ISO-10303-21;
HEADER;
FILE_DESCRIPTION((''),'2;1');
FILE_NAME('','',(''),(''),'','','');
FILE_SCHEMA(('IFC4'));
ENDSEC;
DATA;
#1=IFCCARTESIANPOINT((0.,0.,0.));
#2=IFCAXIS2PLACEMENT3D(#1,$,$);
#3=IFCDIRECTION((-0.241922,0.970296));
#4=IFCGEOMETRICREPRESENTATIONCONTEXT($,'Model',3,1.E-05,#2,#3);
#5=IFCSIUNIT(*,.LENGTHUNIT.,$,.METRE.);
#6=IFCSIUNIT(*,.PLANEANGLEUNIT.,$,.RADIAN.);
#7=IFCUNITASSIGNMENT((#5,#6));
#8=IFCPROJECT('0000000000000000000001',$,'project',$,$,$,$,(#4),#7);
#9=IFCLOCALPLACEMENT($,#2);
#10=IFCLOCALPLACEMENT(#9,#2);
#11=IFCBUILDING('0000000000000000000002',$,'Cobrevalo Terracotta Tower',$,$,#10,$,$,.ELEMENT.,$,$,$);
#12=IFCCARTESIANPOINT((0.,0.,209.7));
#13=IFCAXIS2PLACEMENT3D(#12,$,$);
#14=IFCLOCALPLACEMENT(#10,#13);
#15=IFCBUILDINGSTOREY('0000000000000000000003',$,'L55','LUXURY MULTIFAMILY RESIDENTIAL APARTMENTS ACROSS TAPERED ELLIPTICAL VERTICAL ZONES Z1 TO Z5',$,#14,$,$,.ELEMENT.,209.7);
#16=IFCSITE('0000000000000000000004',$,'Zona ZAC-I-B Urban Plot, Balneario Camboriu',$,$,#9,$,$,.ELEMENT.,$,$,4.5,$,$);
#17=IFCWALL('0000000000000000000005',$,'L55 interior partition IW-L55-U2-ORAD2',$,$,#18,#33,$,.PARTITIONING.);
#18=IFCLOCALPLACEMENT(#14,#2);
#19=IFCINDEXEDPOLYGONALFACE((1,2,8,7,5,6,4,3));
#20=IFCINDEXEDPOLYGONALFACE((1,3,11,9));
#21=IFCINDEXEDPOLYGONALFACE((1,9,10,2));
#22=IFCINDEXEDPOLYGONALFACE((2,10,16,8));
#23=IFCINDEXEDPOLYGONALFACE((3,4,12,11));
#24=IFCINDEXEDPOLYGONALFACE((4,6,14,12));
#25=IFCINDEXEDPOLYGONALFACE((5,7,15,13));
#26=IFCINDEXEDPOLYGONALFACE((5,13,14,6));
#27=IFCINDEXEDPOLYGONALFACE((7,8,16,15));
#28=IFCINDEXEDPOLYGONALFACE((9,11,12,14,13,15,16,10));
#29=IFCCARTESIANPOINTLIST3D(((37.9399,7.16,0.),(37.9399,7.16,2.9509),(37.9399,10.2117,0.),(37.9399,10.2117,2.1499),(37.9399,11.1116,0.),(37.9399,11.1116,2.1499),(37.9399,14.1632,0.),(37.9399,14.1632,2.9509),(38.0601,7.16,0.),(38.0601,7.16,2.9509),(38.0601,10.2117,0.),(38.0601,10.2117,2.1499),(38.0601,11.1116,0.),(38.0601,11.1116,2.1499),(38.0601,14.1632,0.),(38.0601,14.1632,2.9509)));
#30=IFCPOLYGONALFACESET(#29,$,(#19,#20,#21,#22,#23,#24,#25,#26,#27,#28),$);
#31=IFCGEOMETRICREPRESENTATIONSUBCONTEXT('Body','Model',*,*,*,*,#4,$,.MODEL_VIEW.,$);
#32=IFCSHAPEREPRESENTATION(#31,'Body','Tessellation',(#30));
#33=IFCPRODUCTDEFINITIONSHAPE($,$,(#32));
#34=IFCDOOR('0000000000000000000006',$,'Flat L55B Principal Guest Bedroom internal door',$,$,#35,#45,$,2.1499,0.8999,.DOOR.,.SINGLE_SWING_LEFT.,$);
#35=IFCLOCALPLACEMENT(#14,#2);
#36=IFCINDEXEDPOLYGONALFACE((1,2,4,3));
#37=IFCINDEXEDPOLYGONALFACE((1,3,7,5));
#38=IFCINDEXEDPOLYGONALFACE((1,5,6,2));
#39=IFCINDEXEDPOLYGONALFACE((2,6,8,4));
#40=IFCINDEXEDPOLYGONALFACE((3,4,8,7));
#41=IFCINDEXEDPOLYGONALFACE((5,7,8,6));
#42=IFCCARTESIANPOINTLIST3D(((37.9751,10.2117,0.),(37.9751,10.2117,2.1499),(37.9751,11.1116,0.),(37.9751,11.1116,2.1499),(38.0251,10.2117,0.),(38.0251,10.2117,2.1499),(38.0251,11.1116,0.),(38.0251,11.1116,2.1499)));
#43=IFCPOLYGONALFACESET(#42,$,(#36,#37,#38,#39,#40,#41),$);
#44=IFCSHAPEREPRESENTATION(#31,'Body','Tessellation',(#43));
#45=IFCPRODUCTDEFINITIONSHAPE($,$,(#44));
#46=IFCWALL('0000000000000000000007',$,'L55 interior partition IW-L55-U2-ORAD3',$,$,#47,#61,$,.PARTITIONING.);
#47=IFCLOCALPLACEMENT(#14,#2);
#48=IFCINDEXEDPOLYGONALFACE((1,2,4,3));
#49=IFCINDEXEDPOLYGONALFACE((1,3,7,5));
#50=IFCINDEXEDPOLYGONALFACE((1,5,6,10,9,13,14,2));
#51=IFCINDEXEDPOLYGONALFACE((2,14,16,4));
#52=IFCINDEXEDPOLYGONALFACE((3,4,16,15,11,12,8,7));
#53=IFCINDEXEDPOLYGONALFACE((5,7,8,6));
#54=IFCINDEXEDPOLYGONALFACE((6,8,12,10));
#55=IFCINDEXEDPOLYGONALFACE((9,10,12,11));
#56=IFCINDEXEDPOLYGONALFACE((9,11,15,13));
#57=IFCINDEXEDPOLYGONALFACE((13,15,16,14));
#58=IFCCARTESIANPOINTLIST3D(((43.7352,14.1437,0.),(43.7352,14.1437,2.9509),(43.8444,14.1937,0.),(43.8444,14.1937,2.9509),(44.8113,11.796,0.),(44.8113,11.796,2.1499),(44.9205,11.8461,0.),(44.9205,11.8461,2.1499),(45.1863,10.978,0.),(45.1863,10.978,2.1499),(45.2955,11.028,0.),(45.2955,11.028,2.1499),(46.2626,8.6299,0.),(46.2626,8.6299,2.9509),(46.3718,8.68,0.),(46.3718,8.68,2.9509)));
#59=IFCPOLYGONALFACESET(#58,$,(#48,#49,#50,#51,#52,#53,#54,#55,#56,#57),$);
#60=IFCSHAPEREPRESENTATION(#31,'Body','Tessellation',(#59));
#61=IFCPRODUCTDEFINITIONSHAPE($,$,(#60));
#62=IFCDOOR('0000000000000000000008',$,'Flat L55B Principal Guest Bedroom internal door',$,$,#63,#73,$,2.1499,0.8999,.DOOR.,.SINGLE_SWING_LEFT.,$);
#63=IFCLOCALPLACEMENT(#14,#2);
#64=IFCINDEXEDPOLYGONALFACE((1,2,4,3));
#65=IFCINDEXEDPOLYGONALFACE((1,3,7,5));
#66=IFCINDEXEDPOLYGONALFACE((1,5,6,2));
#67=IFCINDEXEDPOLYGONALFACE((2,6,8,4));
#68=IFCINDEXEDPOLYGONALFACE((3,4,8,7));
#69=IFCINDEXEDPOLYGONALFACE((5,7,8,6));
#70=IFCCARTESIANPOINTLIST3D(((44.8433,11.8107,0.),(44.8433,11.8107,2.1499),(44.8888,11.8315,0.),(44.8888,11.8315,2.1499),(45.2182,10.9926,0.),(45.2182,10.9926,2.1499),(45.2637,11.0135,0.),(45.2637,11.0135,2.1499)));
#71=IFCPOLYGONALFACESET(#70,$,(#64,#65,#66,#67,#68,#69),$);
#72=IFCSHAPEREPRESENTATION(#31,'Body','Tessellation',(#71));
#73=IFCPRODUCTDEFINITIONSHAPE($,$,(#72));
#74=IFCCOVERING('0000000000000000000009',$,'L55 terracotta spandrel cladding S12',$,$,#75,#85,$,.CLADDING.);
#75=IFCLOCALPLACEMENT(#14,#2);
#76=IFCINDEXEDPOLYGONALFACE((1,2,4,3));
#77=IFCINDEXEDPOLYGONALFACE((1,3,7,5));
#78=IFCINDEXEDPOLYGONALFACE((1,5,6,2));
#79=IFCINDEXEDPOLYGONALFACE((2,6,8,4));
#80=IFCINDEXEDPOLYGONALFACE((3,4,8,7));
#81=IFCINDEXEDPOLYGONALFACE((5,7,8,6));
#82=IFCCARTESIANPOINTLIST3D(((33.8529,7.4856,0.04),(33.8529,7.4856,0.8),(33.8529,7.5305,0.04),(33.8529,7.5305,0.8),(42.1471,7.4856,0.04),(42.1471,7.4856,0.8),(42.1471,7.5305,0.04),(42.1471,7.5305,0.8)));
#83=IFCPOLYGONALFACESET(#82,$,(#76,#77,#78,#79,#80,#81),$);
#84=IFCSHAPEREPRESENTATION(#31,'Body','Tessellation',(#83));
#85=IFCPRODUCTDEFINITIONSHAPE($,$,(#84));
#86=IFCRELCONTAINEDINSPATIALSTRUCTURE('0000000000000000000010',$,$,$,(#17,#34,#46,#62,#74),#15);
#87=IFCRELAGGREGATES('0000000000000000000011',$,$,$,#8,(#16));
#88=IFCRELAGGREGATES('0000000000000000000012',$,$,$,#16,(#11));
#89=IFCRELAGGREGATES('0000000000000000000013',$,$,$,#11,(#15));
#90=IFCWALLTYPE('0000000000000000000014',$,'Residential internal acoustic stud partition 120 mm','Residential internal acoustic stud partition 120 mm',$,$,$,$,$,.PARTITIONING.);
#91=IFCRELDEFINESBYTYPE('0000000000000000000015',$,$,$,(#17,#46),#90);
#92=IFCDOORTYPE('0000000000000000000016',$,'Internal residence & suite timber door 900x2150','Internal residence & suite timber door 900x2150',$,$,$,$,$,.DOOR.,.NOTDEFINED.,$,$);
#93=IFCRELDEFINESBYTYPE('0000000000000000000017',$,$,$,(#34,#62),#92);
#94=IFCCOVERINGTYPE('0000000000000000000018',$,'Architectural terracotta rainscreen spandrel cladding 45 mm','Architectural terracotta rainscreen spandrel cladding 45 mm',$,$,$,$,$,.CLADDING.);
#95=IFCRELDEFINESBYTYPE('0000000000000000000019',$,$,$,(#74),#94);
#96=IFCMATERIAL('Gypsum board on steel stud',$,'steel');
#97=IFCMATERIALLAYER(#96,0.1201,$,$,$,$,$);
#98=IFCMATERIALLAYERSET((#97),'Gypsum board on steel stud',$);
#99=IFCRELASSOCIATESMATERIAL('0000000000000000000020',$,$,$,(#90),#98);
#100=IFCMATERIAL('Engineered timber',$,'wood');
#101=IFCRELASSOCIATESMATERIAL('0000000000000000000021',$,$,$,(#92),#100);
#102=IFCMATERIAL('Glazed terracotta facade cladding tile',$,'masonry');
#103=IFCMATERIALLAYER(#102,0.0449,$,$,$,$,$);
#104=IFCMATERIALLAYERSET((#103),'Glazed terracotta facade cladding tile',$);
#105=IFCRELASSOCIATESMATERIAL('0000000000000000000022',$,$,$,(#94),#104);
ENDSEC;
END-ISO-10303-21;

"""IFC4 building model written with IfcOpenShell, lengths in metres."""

from ifc_helpers import new_model, si_unit, direction, frame, frame_2d, origin, origin_2d, place, context, subcontext, project, spatial, rectangle, extrude, source, transform, mapped, material, layer, layer_set, type_object, element, fill, save


model = new_model("IFC4")

# Units and contexts
model_context = context("Model", 3, precision=1e-05, world=origin(), true_north=direction((-0.241922, 0.970296)))
body_context = subcontext(model_context, "Body", "Model", "MODEL_VIEW")
ifc_project = project(units=[si_unit("LENGTHUNIT", "METRE"), si_unit("PLANEANGLEUNIT", "RADIAN")], contexts=[model_context])

# Site, building, storey
site_placement = place(None, origin())
site = spatial("IfcSite", under=ifc_project, at=site_placement, Name="Zona ZAC-I-B Urban Plot, Balneario Camboriu", CompositionType="ELEMENT", RefElevation=4.5)
building_placement = place(site_placement, origin())
building = spatial("IfcBuilding", under=site, at=building_placement, Name="Cobrevalo Terracotta Tower", CompositionType="ELEMENT")
storey_placement = place(building_placement, frame((0.0, 0.0, 209.7)))
storey = spatial("IfcBuildingStorey", under=building, at=storey_placement, Name="L55", Description="LUXURY MULTIFAMILY RESIDENTIAL APARTMENTS ACROSS TAPERED ELLIPTICAL VERTICAL ZONES Z1 TO Z5", CompositionType="ELEMENT", Elevation=209.7)

# Shared definitions
ifc_material_1 = material(Name="Gypsum board on steel stud", Category="steel")
ifc_layer_1 = layer(ifc_material_1, 0.1201)
ifc_layer_set_1 = layer_set([ifc_layer_1], Name="Gypsum board on steel stud")
wall_type = type_object("IfcWallType", Name="Residential internal acoustic stud partition 120 mm", Description="Residential internal acoustic stud partition 120 mm", PredefinedType="PARTITIONING", material=ifc_layer_set_1)

# Walls, openings, doors
wall_1_placement = place(storey_placement, frame((38.0, 14.1631, 0.0), z_axis=(0.0, 0.0, 1.0), x_axis=(0.0, -1.0, 0.0)))
wall_1 = element("IfcWall", 1, at=wall_1_placement, inside=storey, type_object=wall_type, Name="L55 interior partition IW-L55-U2-ORAD2", PredefinedType="PARTITIONING", context=body_context, shape_type="SweptSolid", body=[
    extrude(rectangle(XDim=7.0032, YDim=0.1201, at=frame_2d((3.5015, 0.0))), origin(), (0.0, 0.0, 1.0), 2.9509),
])
opening_1_placement = place(wall_1_placement, frame((3.0515, 0.0, 0.0)))
opening_1 = element("IfcOpeningElement", 2, at=opening_1_placement, cuts=wall_1, PredefinedType="OPENING", context=body_context, shape_type="SweptSolid", body=[
    extrude(rectangle(XDim=0.8999, YDim=2.1499, at=frame_2d((0.45, 1.075))), frame((0.0, 0.0701, 0.0), z_axis=(0.0, -1.0, 0.0), x_axis=(1.0, 0.0, 0.0)), (0.0, 0.0, 1.0), 0.1401),
])
ifc_material_2 = material(Name="Engineered timber", Category="wood")
door_type = type_object("IfcDoorType", Name="Internal residence & suite timber door 900x2150", Description="Internal residence & suite timber door 900x2150", OperationType="NOTDEFINED", PredefinedType="DOOR", material=ifc_material_2)
shared_shape_1 = source(origin(), body_context, "Body", "SweptSolid", [
    extrude(rectangle(XDim=0.8999, YDim=2.1499, at=frame_2d((0.45, 1.075))), frame((0.0, 0.0249, 0.0), z_axis=(0.0, -1.0, 0.0), x_axis=(1.0, 0.0, 0.0)), (0.0, 0.0, 1.0), 0.05),
])
door_1_placement = place(opening_1_placement, frame((0.8999, 0.0, 0.0), z_axis=(0.0, 0.0, 1.0), x_axis=(-1.0, 0.0, 0.0)))
door_1 = element("IfcDoor", 3, at=door_1_placement, inside=storey, type_object=door_type, Name="Flat L55B Principal Guest Bedroom internal door", OperationType="SINGLE_SWING_LEFT", OverallHeight=2.1499, OverallWidth=0.8999, PredefinedType="DOOR", context=body_context, shape_type="MappedRepresentation", body=[
    mapped(shared_shape_1, transform((0.0, 0.0, 0.0), scale=1.0)),
])
fill(opening_1, door_1)
wall_2_placement = place(storey_placement, frame((43.7898, 14.1687, 0.0), z_axis=(0.0, 0.0, 1.0), x_axis=(0.416688, -0.90905, 0.0)))
wall_2 = element("IfcWall", 4, at=wall_2_placement, inside=storey, type_object=wall_type, Name="L55 interior partition IW-L55-U2-ORAD3", PredefinedType="PARTITIONING", context=body_context, shape_type="SweptSolid", body=[
    extrude(rectangle(XDim=6.0654, YDim=0.1201, at=frame_2d((3.0327, 0.0))), origin(), (0.0, 0.0, 1.0), 2.9509),
])
opening_2_placement = place(wall_2_placement, frame((2.5825, 0.0, 0.0)))
opening_2 = element("IfcOpeningElement", 5, at=opening_2_placement, cuts=wall_2, PredefinedType="OPENING", context=body_context, shape_type="SweptSolid", body=[
    extrude(rectangle(XDim=0.8999, YDim=2.1499, at=frame_2d((0.45, 1.075))), frame((0.0, 0.0701, 0.0), z_axis=(0.0, -1.0, 0.0), x_axis=(1.0, 0.0, 0.0)), (0.0, 0.0, 1.0), 0.1401),
])
door_2_placement = place(opening_2_placement, frame((0.8999, 0.0, 0.0), z_axis=(0.0, 0.0, 1.0), x_axis=(-1.0, 0.0, 0.0)))
door_2 = element("IfcDoor", 6, at=door_2_placement, inside=storey, type_object=door_type, Name="Flat L55B Principal Guest Bedroom internal door", OperationType="SINGLE_SWING_LEFT", OverallHeight=2.1499, OverallWidth=0.8999, PredefinedType="DOOR", context=body_context, shape_type="MappedRepresentation", body=[
    mapped(shared_shape_1, transform((0.0, 0.0, 0.0), scale=1.0)),
])
fill(opening_2, door_2)

# Covering
ifc_material_3 = material(Name="Glazed terracotta facade cladding tile", Category="masonry")
ifc_layer_2 = layer(ifc_material_3, 0.0449)
ifc_layer_set_2 = layer_set([ifc_layer_2], Name="Glazed terracotta facade cladding tile")
covering_type = type_object("IfcCoveringType", Name="Architectural terracotta rainscreen spandrel cladding 45 mm", Description="Architectural terracotta rainscreen spandrel cladding 45 mm", PredefinedType="CLADDING", material=ifc_layer_set_2)
shared_shape_2 = source(origin(), body_context, "Body", "SweptSolid", [
    extrude(rectangle(XDim=8.2942, YDim=0.0449, at=origin_2d()), origin(), (0.0, 0.0, 1.0), 0.76),
])
covering_placement = place(storey_placement, frame((38.0, 7.5081, 0.04), z_axis=(0.0, 0.0, 1.0), x_axis=(1.0, 0.0, 0.0)))
element("IfcCovering", 7, at=covering_placement, inside=storey, type_object=covering_type, Name="L55 terracotta spandrel cladding S12", PredefinedType="CLADDING", context=body_context, shape_type="MappedRepresentation", body=[
    mapped(shared_shape_2, transform((0.0, 0.0, 0.0), scale=1.0)),
])

save(model, "model.ifc")
